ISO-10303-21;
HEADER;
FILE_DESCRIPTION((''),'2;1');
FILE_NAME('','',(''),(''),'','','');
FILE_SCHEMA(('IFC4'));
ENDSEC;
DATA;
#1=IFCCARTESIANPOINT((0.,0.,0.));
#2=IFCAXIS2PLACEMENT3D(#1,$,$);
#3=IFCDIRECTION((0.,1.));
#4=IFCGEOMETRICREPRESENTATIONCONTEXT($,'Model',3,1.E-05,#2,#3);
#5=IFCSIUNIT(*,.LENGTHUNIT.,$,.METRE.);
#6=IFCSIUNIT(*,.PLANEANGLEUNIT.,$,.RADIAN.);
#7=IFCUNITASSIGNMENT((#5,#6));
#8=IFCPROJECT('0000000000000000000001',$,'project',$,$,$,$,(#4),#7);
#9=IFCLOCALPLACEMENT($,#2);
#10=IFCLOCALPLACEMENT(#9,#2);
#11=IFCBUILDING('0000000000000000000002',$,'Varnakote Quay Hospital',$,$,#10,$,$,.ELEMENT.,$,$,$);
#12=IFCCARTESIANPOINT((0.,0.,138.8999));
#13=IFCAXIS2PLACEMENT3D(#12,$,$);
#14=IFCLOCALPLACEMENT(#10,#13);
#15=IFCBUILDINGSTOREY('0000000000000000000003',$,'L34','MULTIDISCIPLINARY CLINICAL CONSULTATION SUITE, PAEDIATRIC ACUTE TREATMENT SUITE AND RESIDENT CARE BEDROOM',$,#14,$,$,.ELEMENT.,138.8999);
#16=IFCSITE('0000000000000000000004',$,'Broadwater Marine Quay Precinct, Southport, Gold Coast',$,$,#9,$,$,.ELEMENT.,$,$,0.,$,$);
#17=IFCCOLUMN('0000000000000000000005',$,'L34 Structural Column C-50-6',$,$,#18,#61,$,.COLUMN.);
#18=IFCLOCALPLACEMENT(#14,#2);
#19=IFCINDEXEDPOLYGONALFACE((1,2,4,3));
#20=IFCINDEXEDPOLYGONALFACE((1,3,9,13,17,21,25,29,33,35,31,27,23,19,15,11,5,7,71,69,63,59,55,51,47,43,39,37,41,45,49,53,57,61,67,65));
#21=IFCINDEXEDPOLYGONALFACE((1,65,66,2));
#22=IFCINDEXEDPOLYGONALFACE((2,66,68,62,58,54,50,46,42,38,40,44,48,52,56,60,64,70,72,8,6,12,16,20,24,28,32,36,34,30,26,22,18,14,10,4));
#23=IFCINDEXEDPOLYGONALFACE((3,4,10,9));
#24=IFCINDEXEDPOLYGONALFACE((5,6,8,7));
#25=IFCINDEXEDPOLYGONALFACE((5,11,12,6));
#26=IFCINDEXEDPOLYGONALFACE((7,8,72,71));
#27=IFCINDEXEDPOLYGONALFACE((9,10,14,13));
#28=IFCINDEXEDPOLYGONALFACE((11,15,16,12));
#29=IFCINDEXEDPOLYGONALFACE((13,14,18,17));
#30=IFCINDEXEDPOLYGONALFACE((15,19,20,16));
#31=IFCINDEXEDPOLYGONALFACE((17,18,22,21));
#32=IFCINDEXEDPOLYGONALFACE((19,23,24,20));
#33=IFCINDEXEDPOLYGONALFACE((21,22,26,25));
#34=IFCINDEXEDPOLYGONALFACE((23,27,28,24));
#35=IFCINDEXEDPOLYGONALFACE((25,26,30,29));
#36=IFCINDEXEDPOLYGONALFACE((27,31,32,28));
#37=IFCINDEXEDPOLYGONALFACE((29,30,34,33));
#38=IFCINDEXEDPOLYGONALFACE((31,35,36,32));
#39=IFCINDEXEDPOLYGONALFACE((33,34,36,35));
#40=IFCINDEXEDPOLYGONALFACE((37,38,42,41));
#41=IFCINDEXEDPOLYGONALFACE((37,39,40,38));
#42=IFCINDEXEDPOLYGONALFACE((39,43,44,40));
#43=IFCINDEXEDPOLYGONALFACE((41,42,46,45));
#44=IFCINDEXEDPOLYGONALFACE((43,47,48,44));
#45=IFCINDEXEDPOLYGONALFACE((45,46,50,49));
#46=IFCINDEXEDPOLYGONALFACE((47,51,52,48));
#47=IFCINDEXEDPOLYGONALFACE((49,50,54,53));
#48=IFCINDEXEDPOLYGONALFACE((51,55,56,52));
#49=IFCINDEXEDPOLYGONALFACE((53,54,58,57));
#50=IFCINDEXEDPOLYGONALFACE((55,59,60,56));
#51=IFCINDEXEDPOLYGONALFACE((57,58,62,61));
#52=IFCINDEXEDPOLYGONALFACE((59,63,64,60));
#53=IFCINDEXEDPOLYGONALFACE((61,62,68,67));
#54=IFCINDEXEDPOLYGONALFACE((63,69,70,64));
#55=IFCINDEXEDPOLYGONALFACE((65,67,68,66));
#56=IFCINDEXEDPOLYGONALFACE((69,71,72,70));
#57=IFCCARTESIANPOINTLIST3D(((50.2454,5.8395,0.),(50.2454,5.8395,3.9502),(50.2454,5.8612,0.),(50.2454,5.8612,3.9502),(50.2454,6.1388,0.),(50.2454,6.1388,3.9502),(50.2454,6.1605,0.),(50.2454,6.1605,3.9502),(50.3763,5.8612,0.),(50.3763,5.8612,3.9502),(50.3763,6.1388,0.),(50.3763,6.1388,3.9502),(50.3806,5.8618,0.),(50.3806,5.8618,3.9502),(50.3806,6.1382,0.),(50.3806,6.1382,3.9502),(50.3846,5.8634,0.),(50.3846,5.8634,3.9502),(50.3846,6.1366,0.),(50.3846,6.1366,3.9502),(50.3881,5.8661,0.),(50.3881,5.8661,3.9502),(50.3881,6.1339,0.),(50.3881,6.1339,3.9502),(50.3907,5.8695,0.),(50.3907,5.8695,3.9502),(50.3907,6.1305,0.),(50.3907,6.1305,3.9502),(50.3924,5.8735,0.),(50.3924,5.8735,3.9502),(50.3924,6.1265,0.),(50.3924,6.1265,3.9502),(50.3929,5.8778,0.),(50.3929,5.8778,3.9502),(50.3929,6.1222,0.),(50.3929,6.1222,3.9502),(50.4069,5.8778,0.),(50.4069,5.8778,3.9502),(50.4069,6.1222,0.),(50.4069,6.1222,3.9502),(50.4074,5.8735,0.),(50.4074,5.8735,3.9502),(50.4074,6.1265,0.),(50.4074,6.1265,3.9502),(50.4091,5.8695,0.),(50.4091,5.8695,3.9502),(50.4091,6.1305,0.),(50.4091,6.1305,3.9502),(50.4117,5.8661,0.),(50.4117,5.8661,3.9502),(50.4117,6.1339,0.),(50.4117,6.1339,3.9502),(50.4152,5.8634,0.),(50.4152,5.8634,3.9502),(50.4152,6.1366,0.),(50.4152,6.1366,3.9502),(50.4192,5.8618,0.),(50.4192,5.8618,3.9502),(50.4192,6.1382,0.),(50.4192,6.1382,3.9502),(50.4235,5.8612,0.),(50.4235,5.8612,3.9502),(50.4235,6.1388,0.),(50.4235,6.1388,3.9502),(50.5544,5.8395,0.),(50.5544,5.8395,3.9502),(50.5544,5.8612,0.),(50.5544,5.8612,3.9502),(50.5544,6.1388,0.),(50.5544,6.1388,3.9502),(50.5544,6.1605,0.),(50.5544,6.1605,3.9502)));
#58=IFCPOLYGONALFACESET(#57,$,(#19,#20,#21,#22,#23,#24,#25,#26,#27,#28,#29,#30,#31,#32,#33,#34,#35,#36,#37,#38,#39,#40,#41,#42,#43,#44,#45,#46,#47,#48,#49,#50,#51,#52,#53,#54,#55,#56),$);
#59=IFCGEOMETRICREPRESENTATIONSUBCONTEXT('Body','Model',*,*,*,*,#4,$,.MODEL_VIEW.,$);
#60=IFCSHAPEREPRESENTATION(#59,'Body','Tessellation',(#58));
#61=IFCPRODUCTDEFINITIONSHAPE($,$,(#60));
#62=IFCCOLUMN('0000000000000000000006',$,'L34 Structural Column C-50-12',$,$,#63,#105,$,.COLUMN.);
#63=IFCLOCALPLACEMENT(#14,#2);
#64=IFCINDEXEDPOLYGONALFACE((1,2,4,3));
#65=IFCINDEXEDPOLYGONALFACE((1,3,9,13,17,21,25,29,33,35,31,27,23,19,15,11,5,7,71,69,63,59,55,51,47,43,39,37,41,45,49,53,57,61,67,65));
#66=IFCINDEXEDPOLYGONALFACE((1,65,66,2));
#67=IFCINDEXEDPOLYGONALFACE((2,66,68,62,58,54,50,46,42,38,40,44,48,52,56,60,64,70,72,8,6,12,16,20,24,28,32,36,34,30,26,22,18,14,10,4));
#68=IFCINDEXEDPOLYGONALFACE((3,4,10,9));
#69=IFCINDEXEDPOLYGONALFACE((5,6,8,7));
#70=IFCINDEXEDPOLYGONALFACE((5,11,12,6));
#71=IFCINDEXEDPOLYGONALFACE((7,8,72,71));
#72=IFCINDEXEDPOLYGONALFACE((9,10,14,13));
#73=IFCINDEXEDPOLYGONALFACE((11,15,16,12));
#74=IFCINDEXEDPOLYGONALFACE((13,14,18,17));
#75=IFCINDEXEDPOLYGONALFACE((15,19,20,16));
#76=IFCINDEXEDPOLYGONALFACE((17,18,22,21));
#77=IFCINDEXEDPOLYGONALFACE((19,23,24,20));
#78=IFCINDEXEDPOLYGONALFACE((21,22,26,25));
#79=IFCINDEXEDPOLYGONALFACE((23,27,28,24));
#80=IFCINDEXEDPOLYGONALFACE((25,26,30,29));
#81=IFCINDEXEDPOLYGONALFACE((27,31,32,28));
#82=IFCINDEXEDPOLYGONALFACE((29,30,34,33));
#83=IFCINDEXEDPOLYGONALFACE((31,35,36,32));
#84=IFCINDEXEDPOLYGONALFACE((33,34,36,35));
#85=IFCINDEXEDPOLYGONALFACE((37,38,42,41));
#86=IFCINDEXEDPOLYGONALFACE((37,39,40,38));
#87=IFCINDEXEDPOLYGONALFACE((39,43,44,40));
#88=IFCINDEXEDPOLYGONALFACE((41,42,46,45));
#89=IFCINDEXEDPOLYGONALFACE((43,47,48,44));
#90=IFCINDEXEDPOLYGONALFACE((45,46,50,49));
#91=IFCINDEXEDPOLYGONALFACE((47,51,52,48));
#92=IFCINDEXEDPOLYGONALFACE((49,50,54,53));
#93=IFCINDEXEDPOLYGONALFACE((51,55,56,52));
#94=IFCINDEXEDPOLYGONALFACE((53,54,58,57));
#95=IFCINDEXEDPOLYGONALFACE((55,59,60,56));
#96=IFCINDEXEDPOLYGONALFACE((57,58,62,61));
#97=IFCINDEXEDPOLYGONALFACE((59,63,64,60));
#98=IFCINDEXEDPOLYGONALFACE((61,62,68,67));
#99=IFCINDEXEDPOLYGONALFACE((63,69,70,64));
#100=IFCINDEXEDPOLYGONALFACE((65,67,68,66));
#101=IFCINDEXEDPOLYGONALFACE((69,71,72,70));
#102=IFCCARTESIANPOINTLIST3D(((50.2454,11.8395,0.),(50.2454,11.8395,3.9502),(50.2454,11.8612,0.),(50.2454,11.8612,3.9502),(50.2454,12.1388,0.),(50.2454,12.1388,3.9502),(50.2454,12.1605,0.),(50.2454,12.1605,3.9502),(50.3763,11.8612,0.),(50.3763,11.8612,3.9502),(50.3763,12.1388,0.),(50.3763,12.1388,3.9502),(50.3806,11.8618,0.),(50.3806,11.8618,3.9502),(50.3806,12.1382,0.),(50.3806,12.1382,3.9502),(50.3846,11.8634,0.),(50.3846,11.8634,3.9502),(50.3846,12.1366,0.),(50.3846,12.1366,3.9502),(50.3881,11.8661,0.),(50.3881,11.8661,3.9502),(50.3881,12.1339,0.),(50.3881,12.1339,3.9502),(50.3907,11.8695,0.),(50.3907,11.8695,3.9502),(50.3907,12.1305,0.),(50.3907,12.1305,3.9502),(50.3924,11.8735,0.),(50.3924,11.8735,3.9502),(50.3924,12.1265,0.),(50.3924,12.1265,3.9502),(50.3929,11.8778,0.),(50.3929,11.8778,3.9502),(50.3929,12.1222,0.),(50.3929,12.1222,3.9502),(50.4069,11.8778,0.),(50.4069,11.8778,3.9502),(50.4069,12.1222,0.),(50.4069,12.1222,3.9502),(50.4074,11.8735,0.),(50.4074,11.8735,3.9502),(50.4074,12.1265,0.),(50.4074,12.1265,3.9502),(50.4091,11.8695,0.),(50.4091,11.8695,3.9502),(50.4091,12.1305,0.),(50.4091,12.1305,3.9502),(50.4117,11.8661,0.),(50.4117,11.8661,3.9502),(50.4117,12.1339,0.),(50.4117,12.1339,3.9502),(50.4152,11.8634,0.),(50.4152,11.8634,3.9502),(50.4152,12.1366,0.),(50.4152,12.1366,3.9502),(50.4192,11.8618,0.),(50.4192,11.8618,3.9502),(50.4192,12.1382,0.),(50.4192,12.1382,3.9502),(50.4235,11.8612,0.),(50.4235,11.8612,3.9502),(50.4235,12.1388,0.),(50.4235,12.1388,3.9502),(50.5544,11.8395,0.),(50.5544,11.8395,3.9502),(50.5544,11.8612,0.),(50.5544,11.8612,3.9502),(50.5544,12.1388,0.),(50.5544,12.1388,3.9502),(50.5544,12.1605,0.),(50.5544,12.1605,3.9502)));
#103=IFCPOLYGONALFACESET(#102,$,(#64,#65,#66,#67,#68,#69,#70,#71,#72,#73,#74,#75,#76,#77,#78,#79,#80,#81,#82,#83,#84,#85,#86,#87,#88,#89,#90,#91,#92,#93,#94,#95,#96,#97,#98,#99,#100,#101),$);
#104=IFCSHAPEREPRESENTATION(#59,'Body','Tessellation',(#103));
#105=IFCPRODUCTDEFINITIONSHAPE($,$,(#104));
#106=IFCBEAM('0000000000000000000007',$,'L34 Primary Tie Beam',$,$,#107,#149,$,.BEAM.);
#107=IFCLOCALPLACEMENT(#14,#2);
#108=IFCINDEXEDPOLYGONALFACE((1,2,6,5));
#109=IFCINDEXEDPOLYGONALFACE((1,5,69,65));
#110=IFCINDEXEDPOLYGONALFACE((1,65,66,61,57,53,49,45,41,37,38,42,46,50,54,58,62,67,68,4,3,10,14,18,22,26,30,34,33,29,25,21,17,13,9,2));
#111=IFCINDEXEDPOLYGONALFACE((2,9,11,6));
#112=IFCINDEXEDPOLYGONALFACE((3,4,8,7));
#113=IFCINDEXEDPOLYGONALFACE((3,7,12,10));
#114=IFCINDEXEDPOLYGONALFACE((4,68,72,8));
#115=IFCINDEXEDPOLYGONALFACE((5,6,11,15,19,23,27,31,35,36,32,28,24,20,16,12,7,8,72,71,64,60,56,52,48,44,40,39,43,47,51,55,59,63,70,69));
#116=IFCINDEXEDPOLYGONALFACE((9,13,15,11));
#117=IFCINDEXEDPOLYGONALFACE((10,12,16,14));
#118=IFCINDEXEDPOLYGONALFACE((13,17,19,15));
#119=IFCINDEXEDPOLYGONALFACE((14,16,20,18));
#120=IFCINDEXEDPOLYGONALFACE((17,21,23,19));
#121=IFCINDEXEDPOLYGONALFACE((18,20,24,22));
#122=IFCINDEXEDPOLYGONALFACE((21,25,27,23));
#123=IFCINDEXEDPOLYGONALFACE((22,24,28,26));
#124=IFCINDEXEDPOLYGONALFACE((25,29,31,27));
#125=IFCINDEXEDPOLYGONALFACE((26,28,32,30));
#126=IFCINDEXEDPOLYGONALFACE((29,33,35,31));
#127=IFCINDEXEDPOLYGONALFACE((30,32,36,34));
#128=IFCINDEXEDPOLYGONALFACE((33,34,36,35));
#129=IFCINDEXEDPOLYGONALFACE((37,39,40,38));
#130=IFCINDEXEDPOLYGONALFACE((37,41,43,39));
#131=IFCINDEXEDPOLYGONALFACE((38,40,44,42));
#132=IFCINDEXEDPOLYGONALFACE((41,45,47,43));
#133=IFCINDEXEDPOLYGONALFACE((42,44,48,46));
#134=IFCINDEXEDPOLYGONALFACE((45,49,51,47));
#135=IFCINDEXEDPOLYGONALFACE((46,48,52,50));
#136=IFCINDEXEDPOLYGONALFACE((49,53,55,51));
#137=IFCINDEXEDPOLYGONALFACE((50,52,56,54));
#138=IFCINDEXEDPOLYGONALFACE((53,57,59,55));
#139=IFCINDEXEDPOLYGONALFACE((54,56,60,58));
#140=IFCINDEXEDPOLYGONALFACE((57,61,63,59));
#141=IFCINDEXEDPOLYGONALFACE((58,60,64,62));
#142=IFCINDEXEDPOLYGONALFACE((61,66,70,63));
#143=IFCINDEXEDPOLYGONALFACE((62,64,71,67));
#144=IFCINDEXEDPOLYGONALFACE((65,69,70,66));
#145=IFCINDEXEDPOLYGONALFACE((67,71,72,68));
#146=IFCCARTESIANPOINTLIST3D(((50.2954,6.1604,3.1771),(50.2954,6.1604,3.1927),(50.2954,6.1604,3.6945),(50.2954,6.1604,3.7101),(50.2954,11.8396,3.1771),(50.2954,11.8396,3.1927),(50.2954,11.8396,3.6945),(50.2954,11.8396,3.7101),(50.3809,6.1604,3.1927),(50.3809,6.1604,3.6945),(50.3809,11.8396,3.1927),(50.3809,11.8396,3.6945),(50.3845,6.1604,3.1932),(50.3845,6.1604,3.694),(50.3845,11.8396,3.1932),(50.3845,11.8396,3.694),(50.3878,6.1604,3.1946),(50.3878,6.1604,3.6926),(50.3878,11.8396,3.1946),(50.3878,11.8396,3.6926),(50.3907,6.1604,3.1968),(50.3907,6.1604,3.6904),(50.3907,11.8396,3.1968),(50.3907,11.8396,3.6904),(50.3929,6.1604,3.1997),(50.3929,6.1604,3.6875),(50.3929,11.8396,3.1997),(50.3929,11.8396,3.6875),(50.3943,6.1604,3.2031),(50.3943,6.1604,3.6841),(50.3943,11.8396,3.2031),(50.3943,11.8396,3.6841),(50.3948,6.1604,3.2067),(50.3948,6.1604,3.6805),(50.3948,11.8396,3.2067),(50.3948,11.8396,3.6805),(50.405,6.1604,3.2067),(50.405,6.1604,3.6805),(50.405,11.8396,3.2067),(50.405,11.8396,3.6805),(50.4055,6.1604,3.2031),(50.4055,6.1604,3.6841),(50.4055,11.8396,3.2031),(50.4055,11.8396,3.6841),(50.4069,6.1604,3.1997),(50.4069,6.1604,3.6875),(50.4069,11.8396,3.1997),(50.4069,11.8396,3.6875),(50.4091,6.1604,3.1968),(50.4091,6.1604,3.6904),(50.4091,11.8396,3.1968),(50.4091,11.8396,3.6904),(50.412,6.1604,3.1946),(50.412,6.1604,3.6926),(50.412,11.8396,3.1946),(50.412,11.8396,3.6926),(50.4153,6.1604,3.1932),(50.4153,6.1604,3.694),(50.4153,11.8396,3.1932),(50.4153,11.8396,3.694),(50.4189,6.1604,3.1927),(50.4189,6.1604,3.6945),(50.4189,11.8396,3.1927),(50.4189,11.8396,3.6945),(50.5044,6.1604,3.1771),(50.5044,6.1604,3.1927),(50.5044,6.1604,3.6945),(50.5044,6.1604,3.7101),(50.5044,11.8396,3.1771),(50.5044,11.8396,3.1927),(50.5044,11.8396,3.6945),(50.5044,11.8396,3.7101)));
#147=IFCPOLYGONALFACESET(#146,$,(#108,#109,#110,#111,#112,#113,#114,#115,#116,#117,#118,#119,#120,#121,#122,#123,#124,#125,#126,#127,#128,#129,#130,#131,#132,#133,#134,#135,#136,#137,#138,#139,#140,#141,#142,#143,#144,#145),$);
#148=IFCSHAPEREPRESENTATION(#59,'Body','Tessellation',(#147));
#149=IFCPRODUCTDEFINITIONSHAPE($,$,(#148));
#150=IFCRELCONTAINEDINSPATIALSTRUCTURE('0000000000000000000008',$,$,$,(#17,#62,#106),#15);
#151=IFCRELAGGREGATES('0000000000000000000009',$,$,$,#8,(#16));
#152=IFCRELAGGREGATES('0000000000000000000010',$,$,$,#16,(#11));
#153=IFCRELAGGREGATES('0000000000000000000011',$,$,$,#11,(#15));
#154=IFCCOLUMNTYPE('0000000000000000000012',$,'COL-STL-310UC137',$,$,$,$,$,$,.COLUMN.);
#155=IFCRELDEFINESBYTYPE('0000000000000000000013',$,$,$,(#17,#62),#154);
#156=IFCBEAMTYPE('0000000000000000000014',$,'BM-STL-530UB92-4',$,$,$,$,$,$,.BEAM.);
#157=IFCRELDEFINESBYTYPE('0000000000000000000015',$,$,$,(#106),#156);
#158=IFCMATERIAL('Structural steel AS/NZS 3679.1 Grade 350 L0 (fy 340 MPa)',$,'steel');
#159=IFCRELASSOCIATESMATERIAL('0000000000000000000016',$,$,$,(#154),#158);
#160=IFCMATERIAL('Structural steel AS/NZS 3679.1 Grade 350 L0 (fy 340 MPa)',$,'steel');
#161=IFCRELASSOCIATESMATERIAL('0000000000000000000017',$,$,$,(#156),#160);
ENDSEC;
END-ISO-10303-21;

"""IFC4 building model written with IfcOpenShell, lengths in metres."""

from ifc_helpers import new_model, si_unit, direction, frame, origin, origin_2d, place, context, subcontext, project, spatial, i_section, extrude, material, material_profile, profile_set, type_object, element, save


model = new_model("IFC4")

# Units and contexts
model_context = context("Model", 3, precision=1e-05, world=origin(), true_north=direction((0.0, 1.0)))
body_context = subcontext(model_context, "Body", "Model", "MODEL_VIEW")
ifc_project = project(units=[si_unit("LENGTHUNIT", "METRE"), si_unit("PLANEANGLEUNIT", "RADIAN")], contexts=[model_context])

# Site, building, storey
site_placement = place(None, origin())
site = spatial("IfcSite", under=ifc_project, at=site_placement, Name="Broadwater Marine Quay Precinct, Southport, Gold Coast", CompositionType="ELEMENT", RefElevation=0.0)
building_placement = place(site_placement, origin())
building = spatial("IfcBuilding", under=site, at=building_placement, Name="Varnakote Quay Hospital", CompositionType="ELEMENT")
storey_placement = place(building_placement, frame((0.0, 0.0, 138.8999)))
storey = spatial("IfcBuildingStorey", under=building, at=storey_placement, Name="L34", Description="MULTIDISCIPLINARY CLINICAL CONSULTATION SUITE, PAEDIATRIC ACUTE TREATMENT SUITE AND RESIDENT CARE BEDROOM", CompositionType="ELEMENT", Elevation=138.8999)

# Columns
ifc_material_1 = material(Name="Structural steel AS/NZS 3679.1 Grade 350 L0 (fy 340 MPa)", Category="steel")
ifc_material_profile_1 = material_profile(ifc_material_1, i_section(OverallWidth=0.3091, OverallDepth=0.321, WebThickness=0.0139, FlangeThickness=0.0217, FilletRadius=0.0166, at=origin_2d()), Name="310UC137")
ifc_profile_set_1 = profile_set([ifc_material_profile_1], Name="Structural steel AS/NZS 3679.1 Grade 350 L0 (fy 340 MPa)")
column_type = type_object("IfcColumnType", Name="COL-STL-310UC137", PredefinedType="COLUMN", material=ifc_profile_set_1)
for number, where, z_axis, x_axis, name in (
    (1, (50.3999, 6.0, 0.0), (0.0, 0.0, 1.0), (1.0, 0.0, 0.0), "L34 Structural Column C-50-6"),
    (2, (50.3999, 12.0, 0.0), (0.0, 0.0, 1.0), (1.0, 0.0, 0.0), "L34 Structural Column C-50-12"),
):
    element("IfcColumn", number, at=place(storey_placement, frame(where, z_axis=z_axis, x_axis=x_axis)), inside=storey, type_object=column_type, Name=name, PredefinedType="COLUMN", context=body_context, shape_type="SweptSolid", body=[
        extrude(i_section(OverallWidth=0.3091, OverallDepth=0.321, WebThickness=0.0139, FlangeThickness=0.0217, FilletRadius=0.0166, at=origin_2d()), origin(), (0.0, 0.0, 1.0), 3.9502),
    ])

# Beam
ifc_material_2 = material(Name="Structural steel AS/NZS 3679.1 Grade 350 L0 (fy 340 MPa)", Category="steel")
ifc_material_profile_2 = material_profile(ifc_material_2, i_section(OverallWidth=0.209, OverallDepth=0.533, WebThickness=0.0103, FlangeThickness=0.0156, FilletRadius=0.0139, at=origin_2d()), Name="530UB92.4")
ifc_profile_set_2 = profile_set([ifc_material_profile_2], Name="Structural steel AS/NZS 3679.1 Grade 350 L0 (fy 340 MPa)")
beam_type = type_object("IfcBeamType", Name="BM-STL-530UB92-4", PredefinedType="BEAM", material=ifc_profile_set_2)
beam_placement = place(storey_placement, frame((50.3999, 6.1604, 3.4436), z_axis=(0.0, 1.0, 0.0), x_axis=(-1.0, 0.0, 0.0)))
element("IfcBeam", 3, at=beam_placement, inside=storey, type_object=beam_type, Name="L34 Primary Tie Beam", PredefinedType="BEAM", context=body_context, shape_type="SweptSolid", body=[
    extrude(i_section(OverallWidth=0.209, OverallDepth=0.533, WebThickness=0.0103, FlangeThickness=0.0156, FilletRadius=0.0139, at=origin_2d()), origin(), (0.0, 0.0, 1.0), 5.6792),
])

save(model, "model.ifc")
